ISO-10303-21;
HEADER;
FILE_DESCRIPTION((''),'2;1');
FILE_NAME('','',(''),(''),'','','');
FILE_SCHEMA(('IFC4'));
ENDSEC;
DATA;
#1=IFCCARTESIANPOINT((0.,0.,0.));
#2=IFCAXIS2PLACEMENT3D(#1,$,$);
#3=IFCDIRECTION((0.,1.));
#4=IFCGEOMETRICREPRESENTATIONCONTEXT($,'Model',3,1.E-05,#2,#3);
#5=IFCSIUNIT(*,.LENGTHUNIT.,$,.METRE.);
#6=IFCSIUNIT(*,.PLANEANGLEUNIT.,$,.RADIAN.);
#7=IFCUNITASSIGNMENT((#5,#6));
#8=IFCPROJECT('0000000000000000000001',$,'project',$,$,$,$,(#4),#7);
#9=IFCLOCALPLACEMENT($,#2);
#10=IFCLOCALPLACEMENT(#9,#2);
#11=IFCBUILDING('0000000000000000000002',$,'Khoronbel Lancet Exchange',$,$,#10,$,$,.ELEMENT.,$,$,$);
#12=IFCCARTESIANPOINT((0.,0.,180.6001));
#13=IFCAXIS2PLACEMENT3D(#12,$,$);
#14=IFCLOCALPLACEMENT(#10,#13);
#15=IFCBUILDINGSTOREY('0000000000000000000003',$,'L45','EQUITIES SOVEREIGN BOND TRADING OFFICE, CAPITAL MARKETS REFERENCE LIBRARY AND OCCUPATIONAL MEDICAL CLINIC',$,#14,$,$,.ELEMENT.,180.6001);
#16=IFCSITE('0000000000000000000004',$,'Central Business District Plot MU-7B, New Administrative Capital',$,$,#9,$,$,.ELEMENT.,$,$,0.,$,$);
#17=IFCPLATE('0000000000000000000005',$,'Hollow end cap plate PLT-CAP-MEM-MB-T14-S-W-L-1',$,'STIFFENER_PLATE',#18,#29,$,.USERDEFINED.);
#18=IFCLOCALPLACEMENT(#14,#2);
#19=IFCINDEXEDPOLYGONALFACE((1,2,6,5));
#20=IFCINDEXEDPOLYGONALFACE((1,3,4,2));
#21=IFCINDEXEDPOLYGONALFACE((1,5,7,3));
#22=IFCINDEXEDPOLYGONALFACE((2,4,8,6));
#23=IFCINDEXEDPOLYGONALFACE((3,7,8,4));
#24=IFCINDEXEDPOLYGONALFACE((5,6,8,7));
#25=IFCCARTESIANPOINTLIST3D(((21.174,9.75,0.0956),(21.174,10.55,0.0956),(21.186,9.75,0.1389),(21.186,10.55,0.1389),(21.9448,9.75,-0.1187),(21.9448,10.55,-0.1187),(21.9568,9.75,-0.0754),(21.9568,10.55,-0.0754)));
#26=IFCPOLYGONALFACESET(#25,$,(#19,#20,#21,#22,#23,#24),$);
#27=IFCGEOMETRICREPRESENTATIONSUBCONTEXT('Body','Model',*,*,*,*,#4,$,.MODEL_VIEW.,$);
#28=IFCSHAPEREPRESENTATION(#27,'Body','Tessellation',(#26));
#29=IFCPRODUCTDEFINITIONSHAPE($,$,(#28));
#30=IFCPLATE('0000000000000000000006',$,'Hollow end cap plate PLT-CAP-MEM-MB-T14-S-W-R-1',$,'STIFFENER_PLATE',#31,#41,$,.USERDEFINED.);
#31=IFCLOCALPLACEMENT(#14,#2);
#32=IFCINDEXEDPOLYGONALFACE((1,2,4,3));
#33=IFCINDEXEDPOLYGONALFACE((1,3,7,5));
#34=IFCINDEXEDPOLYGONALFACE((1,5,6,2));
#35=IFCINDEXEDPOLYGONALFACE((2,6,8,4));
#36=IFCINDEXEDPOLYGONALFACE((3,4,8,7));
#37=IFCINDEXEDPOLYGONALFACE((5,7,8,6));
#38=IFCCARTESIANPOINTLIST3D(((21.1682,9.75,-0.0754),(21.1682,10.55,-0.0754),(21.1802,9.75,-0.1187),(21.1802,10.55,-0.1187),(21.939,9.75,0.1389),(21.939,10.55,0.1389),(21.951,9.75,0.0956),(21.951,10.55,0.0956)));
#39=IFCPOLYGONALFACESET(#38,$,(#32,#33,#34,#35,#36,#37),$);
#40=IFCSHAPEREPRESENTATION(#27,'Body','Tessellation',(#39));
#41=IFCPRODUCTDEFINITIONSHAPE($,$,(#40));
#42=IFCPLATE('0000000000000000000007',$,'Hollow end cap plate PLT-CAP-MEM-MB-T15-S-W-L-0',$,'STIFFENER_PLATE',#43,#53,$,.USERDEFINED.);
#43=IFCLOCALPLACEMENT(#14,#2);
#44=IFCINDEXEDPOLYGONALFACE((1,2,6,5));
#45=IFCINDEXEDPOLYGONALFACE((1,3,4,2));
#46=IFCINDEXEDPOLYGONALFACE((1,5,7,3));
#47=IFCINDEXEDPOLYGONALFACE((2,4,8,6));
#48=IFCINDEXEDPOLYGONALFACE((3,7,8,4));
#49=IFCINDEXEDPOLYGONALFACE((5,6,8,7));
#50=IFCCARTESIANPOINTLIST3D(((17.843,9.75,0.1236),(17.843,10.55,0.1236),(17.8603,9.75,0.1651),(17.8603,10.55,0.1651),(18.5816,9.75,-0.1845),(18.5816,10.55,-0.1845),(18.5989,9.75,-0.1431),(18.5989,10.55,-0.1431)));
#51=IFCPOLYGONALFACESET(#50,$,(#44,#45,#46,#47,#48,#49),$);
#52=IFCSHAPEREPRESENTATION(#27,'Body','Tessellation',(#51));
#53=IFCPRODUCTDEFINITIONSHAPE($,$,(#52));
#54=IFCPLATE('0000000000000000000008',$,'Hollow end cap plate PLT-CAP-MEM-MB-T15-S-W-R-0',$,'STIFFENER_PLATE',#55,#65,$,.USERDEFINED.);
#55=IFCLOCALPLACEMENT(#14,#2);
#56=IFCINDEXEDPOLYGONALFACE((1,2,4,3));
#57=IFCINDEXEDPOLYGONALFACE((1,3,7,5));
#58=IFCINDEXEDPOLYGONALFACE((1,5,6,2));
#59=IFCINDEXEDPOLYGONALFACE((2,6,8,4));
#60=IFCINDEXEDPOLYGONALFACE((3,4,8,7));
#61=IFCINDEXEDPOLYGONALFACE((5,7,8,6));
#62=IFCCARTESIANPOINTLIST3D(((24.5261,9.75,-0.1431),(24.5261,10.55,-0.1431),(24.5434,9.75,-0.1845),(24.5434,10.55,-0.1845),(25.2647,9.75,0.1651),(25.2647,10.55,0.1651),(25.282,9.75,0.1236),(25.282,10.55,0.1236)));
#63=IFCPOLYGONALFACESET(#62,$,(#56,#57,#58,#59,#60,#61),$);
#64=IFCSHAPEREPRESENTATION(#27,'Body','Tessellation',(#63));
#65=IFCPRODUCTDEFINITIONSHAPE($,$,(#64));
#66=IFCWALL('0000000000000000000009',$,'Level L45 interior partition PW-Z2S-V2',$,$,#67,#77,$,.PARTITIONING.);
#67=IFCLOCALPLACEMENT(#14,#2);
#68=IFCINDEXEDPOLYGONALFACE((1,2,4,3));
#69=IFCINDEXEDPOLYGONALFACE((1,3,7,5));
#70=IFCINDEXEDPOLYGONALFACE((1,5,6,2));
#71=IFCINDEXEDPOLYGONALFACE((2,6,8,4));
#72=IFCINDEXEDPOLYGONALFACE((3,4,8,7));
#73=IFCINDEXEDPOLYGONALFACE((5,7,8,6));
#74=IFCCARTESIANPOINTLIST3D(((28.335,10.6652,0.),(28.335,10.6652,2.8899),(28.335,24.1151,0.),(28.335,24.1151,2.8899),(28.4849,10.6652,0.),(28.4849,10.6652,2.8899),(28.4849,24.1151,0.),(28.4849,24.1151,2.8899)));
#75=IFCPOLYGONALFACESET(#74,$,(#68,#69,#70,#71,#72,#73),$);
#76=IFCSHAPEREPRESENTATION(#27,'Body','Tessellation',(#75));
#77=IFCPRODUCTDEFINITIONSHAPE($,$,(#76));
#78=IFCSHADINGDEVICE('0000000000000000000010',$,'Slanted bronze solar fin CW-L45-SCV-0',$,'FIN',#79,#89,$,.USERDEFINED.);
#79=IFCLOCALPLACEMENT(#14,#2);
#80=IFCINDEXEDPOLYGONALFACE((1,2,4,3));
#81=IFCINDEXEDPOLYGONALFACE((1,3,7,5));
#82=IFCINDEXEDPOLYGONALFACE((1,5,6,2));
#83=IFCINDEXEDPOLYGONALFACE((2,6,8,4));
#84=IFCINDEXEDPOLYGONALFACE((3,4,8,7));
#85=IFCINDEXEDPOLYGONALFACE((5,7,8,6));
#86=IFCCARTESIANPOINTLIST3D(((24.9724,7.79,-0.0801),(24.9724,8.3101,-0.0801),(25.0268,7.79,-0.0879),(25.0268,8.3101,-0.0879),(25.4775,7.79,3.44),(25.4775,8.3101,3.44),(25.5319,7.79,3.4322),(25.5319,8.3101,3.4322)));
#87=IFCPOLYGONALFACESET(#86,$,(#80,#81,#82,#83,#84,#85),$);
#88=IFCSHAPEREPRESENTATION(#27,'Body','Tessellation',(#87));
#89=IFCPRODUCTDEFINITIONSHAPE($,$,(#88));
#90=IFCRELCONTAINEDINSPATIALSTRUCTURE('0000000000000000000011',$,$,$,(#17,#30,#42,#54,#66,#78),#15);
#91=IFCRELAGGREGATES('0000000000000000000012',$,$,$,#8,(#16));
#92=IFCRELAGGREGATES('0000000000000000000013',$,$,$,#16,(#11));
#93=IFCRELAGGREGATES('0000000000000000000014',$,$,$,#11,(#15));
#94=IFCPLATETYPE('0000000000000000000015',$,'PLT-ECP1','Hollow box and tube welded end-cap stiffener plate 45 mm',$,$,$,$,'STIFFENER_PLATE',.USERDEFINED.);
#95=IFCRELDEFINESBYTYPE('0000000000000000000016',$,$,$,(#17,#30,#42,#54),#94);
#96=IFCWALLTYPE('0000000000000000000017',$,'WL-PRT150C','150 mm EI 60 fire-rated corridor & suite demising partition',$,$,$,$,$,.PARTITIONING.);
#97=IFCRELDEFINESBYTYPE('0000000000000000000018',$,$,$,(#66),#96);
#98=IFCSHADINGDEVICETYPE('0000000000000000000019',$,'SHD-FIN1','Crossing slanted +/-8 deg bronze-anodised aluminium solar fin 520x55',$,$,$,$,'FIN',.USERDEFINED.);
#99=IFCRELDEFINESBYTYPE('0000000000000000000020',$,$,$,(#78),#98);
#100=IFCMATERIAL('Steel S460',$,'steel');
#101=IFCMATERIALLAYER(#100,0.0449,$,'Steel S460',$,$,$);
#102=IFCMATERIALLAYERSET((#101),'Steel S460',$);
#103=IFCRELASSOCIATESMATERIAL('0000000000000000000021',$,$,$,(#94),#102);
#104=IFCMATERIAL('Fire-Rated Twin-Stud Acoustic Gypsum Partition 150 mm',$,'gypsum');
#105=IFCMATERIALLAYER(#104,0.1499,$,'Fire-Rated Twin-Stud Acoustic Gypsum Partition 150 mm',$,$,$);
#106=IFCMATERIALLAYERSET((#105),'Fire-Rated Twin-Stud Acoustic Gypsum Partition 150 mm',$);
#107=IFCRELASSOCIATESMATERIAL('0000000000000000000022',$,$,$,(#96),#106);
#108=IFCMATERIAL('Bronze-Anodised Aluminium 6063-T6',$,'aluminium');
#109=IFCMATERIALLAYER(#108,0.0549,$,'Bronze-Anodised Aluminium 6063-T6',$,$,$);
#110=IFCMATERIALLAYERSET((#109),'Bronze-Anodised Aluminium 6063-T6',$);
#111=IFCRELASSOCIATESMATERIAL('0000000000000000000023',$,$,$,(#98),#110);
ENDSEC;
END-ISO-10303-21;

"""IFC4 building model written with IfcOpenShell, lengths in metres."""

from ifc_helpers import new_model, si_unit, direction, frame, frame_2d, origin, place, context, subcontext, project, spatial, polyline, rectangle, outline, extrude, material, layer, layer_set, type_object, element, save


model = new_model("IFC4")

# Units and contexts
model_context = context("Model", 3, precision=1e-05, world=origin(), true_north=direction((0.0, 1.0)))
body_context = subcontext(model_context, "Body", "Model", "MODEL_VIEW")
ifc_project = project(units=[si_unit("LENGTHUNIT", "METRE"), si_unit("PLANEANGLEUNIT", "RADIAN")], contexts=[model_context])

# Site, building, storey
site_placement = place(None, origin())
site = spatial("IfcSite", under=ifc_project, at=site_placement, Name="Central Business District Plot MU-7B, New Administrative Capital", CompositionType="ELEMENT", RefElevation=0.0)
building_placement = place(site_placement, origin())
building = spatial("IfcBuilding", under=site, at=building_placement, Name="Khoronbel Lancet Exchange", CompositionType="ELEMENT")
storey_placement = place(building_placement, frame((0.0, 0.0, 180.6001)))
storey = spatial("IfcBuildingStorey", under=building, at=storey_placement, Name="L45", Description="EQUITIES SOVEREIGN BOND TRADING OFFICE, CAPITAL MARKETS REFERENCE LIBRARY AND OCCUPATIONAL MEDICAL CLINIC", CompositionType="ELEMENT", Elevation=180.6001)

# Shared definitions
ifc_material_1 = material(Name="Steel S460", Category="steel")

# Shared definitions
ifc_material_2 = material(Name="Bronze-Anodised Aluminium 6063-T6", Category="aluminium")

# Plates
ifc_layer_1 = layer(ifc_material_1, 0.0449, Name="Steel S460")
ifc_layer_set_1 = layer_set([ifc_layer_1], Name="Steel S460")
plate_type_1 = type_object("IfcPlateType", Name="PLT-ECP1", Description="Hollow box and tube welded end-cap stiffener plate 45 mm", ElementType="STIFFENER_PLATE", PredefinedType="USERDEFINED", material=ifc_layer_set_1)
for number, where, z_axis, x_axis, name in (
    (1, (21.9568, 9.75, -0.0754), (0.267943, 0.0, 0.963435), (0.0, 1.0, 0.0), "Hollow end cap plate PLT-CAP-MEM-MB-T14-S-W-L-1"),
    (2, (21.1682, 10.55, -0.0754), (-0.267943, 0.0, 0.963435), (0.0, -1.0, 0.0), "Hollow end cap plate PLT-CAP-MEM-MB-T14-S-W-R-1"),
):
    element("IfcPlate", number, at=place(storey_placement, frame(where, z_axis=z_axis, x_axis=x_axis)), inside=storey, type_object=plate_type_1, Name=name, ObjectType="STIFFENER_PLATE", PredefinedType="USERDEFINED", context=body_context, shape_type="SweptSolid", body=[
        extrude(outline(polyline([(0.0, 0.0), (0.8, 0.0), (0.8, 0.8), (0.0, 0.8), (0.0, 0.0)])), origin(), (0.0, 0.0, -1.0), 0.0449),
    ])
for number, where, z_axis, x_axis, name in (
    (3, (18.5989, 9.75, -0.1431), (0.385027, 0.0, 0.922905), (0.0, 1.0, 0.0), "Hollow end cap plate PLT-CAP-MEM-MB-T15-S-W-L-0"),
    (4, (24.5261, 10.55, -0.1431), (-0.385027, 0.0, 0.922905), (0.0, -1.0, 0.0), "Hollow end cap plate PLT-CAP-MEM-MB-T15-S-W-R-0"),
):
    element("IfcPlate", number, at=place(storey_placement, frame(where, z_axis=z_axis, x_axis=x_axis)), inside=storey, type_object=plate_type_1, Name=name, ObjectType="STIFFENER_PLATE", PredefinedType="USERDEFINED", context=body_context, shape_type="SweptSolid", body=[
        extrude(outline(polyline([(0.0, 0.0), (0.8, 0.0), (0.8, 0.8003), (0.0, 0.8003), (0.0, 0.0)])), origin(), (0.0, 0.0, -1.0), 0.0449),
    ])

# Wall
ifc_material_3 = material(Name="Fire-Rated Twin-Stud Acoustic Gypsum Partition 150 mm", Category="gypsum")
ifc_layer_2 = layer(ifc_material_3, 0.1499, Name="Fire-Rated Twin-Stud Acoustic Gypsum Partition 150 mm")
ifc_layer_set_2 = layer_set([ifc_layer_2], Name="Fire-Rated Twin-Stud Acoustic Gypsum Partition 150 mm")
wall_type = type_object("IfcWallType", Name="WL-PRT150C", Description="150 mm EI 60 fire-rated corridor & suite demising partition", PredefinedType="PARTITIONING", material=ifc_layer_set_2)
wall_placement = place(storey_placement, frame((28.4099, 10.665, 0.0), z_axis=(0.0, 0.0, 1.0), x_axis=(0.0, 1.0, 0.0)))
element("IfcWall", 5, at=wall_placement, inside=storey, type_object=wall_type, Name="Level L45 interior partition PW-Z2S-V2", PredefinedType="PARTITIONING", context=body_context, shape_type="SweptSolid", body=[
    extrude(rectangle(XDim=13.45, YDim=0.1499, at=frame_2d((6.7251, 0.0))), origin(), (0.0, 0.0, 1.0), 2.8899),
])

# Shading device
ifc_layer_3 = layer(ifc_material_2, 0.0549, Name="Bronze-Anodised Aluminium 6063-T6")
ifc_layer_set_3 = layer_set([ifc_layer_3], Name="Bronze-Anodised Aluminium 6063-T6")
shading_device_type = type_object("IfcShadingDeviceType", Name="SHD-FIN1", Description="Crossing slanted +/-8 deg bronze-anodised aluminium solar fin 520x55", ElementType="FIN", PredefinedType="USERDEFINED", material=ifc_layer_set_3)
shading_device_placement = place(storey_placement, frame((24.9724, 8.3101, -0.0801), z_axis=(-0.98986, 0.0, 0.142046), x_axis=(0.0, -1.0, 0.0)))
element("IfcShadingDevice", 6, at=shading_device_placement, inside=storey, type_object=shading_device_type, Name="Slanted bronze solar fin CW-L45-SCV-0", ObjectType="FIN", PredefinedType="USERDEFINED", context=body_context, shape_type="SweptSolid", body=[
    extrude(outline(polyline([(0.0, 0.0), (0.52, 0.0), (0.52, 3.5562), (0.0, 3.5562), (0.0, 0.0)])), origin(), (0.0, 0.0, -1.0), 0.0549),
])

save(model, "model.ifc")
